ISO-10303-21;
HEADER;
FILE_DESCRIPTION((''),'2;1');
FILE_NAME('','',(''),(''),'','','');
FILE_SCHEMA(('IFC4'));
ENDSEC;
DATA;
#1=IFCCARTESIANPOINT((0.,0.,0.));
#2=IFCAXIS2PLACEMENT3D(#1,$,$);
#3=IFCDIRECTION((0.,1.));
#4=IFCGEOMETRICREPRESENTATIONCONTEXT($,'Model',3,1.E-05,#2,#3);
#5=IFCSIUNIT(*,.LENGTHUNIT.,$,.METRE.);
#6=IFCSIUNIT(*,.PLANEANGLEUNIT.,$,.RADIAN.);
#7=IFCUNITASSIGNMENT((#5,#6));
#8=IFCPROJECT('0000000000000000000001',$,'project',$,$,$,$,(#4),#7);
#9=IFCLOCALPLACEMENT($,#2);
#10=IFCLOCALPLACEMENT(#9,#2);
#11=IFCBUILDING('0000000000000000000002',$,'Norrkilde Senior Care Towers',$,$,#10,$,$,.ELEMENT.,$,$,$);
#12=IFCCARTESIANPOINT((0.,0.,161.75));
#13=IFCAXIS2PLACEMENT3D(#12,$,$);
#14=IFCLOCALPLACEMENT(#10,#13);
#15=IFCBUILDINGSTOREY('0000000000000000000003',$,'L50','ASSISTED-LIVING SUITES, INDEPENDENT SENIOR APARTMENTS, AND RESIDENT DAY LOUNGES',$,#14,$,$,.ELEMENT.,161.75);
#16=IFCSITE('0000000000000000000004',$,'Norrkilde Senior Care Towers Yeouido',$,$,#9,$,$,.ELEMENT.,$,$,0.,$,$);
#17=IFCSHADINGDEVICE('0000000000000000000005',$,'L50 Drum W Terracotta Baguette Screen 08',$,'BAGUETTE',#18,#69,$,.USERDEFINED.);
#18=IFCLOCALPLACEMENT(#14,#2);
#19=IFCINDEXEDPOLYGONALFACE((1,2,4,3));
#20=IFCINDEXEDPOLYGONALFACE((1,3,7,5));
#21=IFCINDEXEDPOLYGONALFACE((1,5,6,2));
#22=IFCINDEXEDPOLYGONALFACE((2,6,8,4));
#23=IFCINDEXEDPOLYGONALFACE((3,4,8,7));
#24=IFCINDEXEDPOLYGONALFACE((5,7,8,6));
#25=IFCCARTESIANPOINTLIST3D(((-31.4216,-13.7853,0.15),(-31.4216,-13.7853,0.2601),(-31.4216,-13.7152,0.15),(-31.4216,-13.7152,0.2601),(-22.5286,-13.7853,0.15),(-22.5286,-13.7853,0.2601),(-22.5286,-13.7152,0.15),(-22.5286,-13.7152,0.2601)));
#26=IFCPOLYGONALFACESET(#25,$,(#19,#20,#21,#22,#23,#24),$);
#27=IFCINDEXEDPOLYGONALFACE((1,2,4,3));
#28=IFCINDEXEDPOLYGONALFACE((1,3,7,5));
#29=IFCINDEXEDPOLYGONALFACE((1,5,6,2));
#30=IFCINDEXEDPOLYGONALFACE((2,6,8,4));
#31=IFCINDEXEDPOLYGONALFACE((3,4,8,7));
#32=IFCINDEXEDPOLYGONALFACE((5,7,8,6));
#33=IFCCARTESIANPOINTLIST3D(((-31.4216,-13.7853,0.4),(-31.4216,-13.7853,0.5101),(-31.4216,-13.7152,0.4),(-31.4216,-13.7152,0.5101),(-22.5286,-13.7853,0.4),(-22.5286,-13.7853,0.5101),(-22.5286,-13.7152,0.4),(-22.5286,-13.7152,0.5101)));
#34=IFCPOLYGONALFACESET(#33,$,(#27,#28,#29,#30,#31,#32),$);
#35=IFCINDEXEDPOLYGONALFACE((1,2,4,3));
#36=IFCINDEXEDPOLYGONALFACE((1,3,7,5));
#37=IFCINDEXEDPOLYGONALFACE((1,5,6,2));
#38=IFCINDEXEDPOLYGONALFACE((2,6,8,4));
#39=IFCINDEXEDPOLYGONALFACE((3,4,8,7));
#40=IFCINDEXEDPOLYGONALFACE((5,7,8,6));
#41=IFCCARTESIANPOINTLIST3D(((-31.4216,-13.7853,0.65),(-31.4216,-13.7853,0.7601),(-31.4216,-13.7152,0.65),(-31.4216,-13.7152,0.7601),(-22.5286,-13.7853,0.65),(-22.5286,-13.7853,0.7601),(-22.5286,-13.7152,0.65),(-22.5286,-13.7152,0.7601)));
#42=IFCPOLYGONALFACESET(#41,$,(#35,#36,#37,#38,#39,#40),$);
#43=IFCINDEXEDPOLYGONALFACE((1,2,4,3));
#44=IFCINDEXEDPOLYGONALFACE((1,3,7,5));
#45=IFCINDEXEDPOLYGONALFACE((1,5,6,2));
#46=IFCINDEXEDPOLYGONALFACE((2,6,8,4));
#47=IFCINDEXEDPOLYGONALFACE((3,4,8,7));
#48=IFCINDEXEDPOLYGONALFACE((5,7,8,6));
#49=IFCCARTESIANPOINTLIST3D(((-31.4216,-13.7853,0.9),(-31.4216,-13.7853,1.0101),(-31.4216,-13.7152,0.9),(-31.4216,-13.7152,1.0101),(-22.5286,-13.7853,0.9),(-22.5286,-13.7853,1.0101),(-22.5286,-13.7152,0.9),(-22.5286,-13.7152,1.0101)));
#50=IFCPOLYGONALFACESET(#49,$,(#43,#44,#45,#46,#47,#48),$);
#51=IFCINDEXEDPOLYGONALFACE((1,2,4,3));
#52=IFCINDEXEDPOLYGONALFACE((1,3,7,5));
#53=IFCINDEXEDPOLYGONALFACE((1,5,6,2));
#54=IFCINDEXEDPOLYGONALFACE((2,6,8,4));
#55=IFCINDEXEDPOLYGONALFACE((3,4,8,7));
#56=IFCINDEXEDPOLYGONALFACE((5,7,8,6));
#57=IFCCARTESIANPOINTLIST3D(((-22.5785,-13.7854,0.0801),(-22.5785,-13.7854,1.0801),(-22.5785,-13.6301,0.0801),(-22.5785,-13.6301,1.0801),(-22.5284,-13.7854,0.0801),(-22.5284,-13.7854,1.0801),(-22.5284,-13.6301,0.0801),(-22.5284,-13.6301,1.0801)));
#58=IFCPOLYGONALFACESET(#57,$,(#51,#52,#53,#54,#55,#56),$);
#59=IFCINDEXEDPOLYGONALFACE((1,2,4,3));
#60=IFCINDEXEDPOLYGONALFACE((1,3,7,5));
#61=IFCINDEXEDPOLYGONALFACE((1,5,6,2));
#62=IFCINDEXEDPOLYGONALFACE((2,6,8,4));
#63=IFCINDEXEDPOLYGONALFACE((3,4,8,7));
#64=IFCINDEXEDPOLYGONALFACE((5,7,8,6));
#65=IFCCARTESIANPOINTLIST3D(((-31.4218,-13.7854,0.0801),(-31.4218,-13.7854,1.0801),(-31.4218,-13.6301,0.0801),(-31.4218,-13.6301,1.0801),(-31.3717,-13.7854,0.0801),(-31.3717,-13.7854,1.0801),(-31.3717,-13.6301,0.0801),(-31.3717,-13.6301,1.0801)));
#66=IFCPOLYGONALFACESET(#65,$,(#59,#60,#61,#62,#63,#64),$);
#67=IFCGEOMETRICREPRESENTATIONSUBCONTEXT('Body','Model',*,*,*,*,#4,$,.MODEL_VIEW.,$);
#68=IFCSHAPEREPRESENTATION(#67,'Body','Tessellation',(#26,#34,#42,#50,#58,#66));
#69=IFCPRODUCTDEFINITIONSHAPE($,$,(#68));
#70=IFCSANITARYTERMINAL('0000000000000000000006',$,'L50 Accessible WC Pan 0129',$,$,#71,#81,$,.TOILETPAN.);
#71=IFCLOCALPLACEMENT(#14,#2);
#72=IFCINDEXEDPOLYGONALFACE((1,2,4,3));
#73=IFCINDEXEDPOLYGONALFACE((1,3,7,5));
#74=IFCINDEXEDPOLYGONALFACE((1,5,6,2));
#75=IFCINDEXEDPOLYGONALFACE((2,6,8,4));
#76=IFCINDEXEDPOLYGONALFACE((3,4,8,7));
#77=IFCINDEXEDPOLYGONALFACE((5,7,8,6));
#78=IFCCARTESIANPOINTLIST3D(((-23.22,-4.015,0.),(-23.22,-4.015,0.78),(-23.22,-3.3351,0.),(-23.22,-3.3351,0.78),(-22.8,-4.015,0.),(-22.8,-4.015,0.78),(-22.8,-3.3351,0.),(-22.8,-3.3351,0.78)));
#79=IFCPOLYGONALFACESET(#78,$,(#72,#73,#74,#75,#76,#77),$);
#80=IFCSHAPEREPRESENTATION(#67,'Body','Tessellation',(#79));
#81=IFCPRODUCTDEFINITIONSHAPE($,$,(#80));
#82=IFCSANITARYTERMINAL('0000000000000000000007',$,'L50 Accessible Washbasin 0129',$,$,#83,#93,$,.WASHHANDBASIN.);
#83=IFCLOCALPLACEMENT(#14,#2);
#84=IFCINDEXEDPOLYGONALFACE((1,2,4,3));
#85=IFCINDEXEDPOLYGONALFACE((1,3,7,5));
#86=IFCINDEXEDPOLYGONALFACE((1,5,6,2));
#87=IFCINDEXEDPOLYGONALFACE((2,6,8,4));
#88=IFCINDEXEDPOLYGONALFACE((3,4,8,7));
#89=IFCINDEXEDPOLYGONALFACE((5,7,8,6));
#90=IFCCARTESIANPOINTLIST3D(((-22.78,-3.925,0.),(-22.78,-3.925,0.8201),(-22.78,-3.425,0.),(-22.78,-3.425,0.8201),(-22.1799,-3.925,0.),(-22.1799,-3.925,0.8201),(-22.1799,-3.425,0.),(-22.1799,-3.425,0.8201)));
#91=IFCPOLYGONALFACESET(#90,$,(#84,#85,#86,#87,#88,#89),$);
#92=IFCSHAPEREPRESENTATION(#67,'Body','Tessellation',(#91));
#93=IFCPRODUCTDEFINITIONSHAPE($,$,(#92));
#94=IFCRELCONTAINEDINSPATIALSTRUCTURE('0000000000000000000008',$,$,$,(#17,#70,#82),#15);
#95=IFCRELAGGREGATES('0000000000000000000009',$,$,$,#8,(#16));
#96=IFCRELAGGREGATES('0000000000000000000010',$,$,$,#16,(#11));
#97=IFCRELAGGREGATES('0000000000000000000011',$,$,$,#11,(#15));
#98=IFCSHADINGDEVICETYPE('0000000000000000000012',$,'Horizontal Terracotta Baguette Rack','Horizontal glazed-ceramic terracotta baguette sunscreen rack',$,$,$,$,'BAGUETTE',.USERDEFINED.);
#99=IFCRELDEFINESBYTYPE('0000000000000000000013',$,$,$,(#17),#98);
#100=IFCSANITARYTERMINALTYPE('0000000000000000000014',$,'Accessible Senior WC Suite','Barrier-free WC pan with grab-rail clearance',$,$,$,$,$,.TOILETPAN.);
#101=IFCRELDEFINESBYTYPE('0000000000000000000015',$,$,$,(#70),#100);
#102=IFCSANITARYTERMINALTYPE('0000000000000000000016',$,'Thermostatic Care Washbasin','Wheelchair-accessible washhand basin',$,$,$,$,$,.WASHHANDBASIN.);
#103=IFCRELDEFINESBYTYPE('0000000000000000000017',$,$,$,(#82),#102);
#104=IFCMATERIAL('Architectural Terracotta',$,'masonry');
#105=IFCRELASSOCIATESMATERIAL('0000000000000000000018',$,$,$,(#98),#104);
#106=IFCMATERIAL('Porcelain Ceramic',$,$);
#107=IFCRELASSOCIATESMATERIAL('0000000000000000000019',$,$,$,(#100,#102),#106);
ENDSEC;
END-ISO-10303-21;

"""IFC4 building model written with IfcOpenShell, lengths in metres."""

from ifc_helpers import new_model, si_unit, direction, frame, origin, origin_2d, place, context, subcontext, project, spatial, rectangle, extrude, source, transform, mapped, material, type_object, type_shapes, element, save


model = new_model("IFC4")

# Units and contexts
model_context = context("Model", 3, precision=1e-05, world=origin(), true_north=direction((0.0, 1.0)))
body_context = subcontext(model_context, "Body", "Model", "MODEL_VIEW")
ifc_project = project(units=[si_unit("LENGTHUNIT", "METRE"), si_unit("PLANEANGLEUNIT", "RADIAN")], contexts=[model_context])

# Site, building, storey
site_placement = place(None, origin())
site = spatial("IfcSite", under=ifc_project, at=site_placement, Name="Norrkilde Senior Care Towers Yeouido", CompositionType="ELEMENT", RefElevation=0.0)
building_placement = place(site_placement, origin())
building = spatial("IfcBuilding", under=site, at=building_placement, Name="Norrkilde Senior Care Towers", CompositionType="ELEMENT")
storey_placement = place(building_placement, frame((0.0, 0.0, 161.75)))
storey = spatial("IfcBuildingStorey", under=building, at=storey_placement, Name="L50", Description="ASSISTED-LIVING SUITES, INDEPENDENT SENIOR APARTMENTS, AND RESIDENT DAY LOUNGES", CompositionType="ELEMENT", Elevation=161.75)

# Shading device
ifc_material_1 = material(Name="Architectural Terracotta", Category="masonry")
shading_device_type = type_object("IfcShadingDeviceType", Name="Horizontal Terracotta Baguette Rack", Description="Horizontal glazed-ceramic terracotta baguette sunscreen rack", ElementType="BAGUETTE", PredefinedType="USERDEFINED", material=ifc_material_1)
shared_shape_1 = source(origin(), body_context, "Body", "SweptSolid", [
    extrude(rectangle(XDim=0.0701, YDim=0.1101, at=origin_2d()), frame((0.0, 0.0901, 0.125), z_axis=(1.0, 0.0, 0.0), x_axis=(0.0, 1.0, 0.0)), (0.0, 0.0, 1.0), 8.8931),
    extrude(rectangle(XDim=0.0701, YDim=0.1101, at=origin_2d()), frame((0.0, 0.0901, 0.375), z_axis=(1.0, 0.0, 0.0), x_axis=(0.0, 1.0, 0.0)), (0.0, 0.0, 1.0), 8.8931),
    extrude(rectangle(XDim=0.0701, YDim=0.1101, at=origin_2d()), frame((0.0, 0.0901, 0.625), z_axis=(1.0, 0.0, 0.0), x_axis=(0.0, 1.0, 0.0)), (0.0, 0.0, 1.0), 8.8931),
    extrude(rectangle(XDim=0.0701, YDim=0.1101, at=origin_2d()), frame((0.0, 0.0901, 0.875), z_axis=(1.0, 0.0, 0.0), x_axis=(0.0, 1.0, 0.0)), (0.0, 0.0, 1.0), 8.8931),
    extrude(rectangle(XDim=0.05, YDim=0.1553, at=origin_2d()), frame((0.0249, 0.0476, 0.0)), (0.0, 0.0, 1.0), 1.0),
    extrude(rectangle(XDim=0.05, YDim=0.1553, at=origin_2d()), frame((8.8682, 0.0476, 0.0)), (0.0, 0.0, 1.0), 1.0),
])
type_shapes(shading_device_type, [shared_shape_1])
shading_device_placement = place(storey_placement, frame((-22.5286, -13.6602, 0.0801), z_axis=(0.0, 0.0, 1.0), x_axis=(-1.0, 0.0, 0.0)))
element("IfcShadingDevice", 1, at=shading_device_placement, inside=storey, type_object=shading_device_type, Name="L50 Drum W Terracotta Baguette Screen 08", ObjectType="BAGUETTE", PredefinedType="USERDEFINED", context=body_context, shape_type="MappedRepresentation", body=[
    mapped(shared_shape_1, transform((0.0, 0.0, 0.0), x_axis=(1.0, 0.0, 0.0), y_axis=(0.0, 1.0, 0.0), z_axis=(0.0, 0.0, 1.0), scale=1.0)),
])

# Sanitary terminals
ifc_material_2 = material(Name="Porcelain Ceramic")
sanitary_terminal_type_1 = type_object("IfcSanitaryTerminalType", Name="Accessible Senior WC Suite", Description="Barrier-free WC pan with grab-rail clearance", PredefinedType="TOILETPAN", material=ifc_material_2)
shared_shape_2 = source(origin(), body_context, "Body", "SweptSolid", [
    extrude(rectangle(XDim=0.4199, YDim=0.6799, at=origin_2d()), origin(), (0.0, 0.0, 1.0), 0.78),
])
type_shapes(sanitary_terminal_type_1, [shared_shape_2])
sanitary_terminal_1_placement = place(storey_placement, frame((-23.01, -3.675, 0.0), z_axis=(0.0, 0.0, 1.0), x_axis=(1.0, 0.0, 0.0)))
element("IfcSanitaryTerminal", 2, at=sanitary_terminal_1_placement, inside=storey, type_object=sanitary_terminal_type_1, Name="L50 Accessible WC Pan 0129", PredefinedType="TOILETPAN", context=body_context, shape_type="MappedRepresentation", body=[
    mapped(shared_shape_2, transform((0.0, 0.0, 0.0), x_axis=(1.0, 0.0, 0.0), y_axis=(0.0, 1.0, 0.0), z_axis=(0.0, 0.0, 1.0), scale=1.0)),
])
sanitary_terminal_type_2 = type_object("IfcSanitaryTerminalType", Name="Thermostatic Care Washbasin", Description="Wheelchair-accessible washhand basin", PredefinedType="WASHHANDBASIN", material=ifc_material_2)
shared_shape_3 = source(origin(), body_context, "Body", "SweptSolid", [
    extrude(rectangle(XDim=0.6001, YDim=0.5, at=origin_2d()), origin(), (0.0, 0.0, 1.0), 0.8201),
])
type_shapes(sanitary_terminal_type_2, [shared_shape_3])
sanitary_terminal_2_placement = place(storey_placement, frame((-22.48, -3.675, 0.0), z_axis=(0.0, 0.0, 1.0), x_axis=(1.0, 0.0, 0.0)))
element("IfcSanitaryTerminal", 3, at=sanitary_terminal_2_placement, inside=storey, type_object=sanitary_terminal_type_2, Name="L50 Accessible Washbasin 0129", PredefinedType="WASHHANDBASIN", context=body_context, shape_type="MappedRepresentation", body=[
    mapped(shared_shape_3, transform((0.0, 0.0, 0.0), x_axis=(1.0, 0.0, 0.0), y_axis=(0.0, 1.0, 0.0), z_axis=(0.0, 0.0, 1.0), scale=1.0)),
])

save(model, "model.ifc")
